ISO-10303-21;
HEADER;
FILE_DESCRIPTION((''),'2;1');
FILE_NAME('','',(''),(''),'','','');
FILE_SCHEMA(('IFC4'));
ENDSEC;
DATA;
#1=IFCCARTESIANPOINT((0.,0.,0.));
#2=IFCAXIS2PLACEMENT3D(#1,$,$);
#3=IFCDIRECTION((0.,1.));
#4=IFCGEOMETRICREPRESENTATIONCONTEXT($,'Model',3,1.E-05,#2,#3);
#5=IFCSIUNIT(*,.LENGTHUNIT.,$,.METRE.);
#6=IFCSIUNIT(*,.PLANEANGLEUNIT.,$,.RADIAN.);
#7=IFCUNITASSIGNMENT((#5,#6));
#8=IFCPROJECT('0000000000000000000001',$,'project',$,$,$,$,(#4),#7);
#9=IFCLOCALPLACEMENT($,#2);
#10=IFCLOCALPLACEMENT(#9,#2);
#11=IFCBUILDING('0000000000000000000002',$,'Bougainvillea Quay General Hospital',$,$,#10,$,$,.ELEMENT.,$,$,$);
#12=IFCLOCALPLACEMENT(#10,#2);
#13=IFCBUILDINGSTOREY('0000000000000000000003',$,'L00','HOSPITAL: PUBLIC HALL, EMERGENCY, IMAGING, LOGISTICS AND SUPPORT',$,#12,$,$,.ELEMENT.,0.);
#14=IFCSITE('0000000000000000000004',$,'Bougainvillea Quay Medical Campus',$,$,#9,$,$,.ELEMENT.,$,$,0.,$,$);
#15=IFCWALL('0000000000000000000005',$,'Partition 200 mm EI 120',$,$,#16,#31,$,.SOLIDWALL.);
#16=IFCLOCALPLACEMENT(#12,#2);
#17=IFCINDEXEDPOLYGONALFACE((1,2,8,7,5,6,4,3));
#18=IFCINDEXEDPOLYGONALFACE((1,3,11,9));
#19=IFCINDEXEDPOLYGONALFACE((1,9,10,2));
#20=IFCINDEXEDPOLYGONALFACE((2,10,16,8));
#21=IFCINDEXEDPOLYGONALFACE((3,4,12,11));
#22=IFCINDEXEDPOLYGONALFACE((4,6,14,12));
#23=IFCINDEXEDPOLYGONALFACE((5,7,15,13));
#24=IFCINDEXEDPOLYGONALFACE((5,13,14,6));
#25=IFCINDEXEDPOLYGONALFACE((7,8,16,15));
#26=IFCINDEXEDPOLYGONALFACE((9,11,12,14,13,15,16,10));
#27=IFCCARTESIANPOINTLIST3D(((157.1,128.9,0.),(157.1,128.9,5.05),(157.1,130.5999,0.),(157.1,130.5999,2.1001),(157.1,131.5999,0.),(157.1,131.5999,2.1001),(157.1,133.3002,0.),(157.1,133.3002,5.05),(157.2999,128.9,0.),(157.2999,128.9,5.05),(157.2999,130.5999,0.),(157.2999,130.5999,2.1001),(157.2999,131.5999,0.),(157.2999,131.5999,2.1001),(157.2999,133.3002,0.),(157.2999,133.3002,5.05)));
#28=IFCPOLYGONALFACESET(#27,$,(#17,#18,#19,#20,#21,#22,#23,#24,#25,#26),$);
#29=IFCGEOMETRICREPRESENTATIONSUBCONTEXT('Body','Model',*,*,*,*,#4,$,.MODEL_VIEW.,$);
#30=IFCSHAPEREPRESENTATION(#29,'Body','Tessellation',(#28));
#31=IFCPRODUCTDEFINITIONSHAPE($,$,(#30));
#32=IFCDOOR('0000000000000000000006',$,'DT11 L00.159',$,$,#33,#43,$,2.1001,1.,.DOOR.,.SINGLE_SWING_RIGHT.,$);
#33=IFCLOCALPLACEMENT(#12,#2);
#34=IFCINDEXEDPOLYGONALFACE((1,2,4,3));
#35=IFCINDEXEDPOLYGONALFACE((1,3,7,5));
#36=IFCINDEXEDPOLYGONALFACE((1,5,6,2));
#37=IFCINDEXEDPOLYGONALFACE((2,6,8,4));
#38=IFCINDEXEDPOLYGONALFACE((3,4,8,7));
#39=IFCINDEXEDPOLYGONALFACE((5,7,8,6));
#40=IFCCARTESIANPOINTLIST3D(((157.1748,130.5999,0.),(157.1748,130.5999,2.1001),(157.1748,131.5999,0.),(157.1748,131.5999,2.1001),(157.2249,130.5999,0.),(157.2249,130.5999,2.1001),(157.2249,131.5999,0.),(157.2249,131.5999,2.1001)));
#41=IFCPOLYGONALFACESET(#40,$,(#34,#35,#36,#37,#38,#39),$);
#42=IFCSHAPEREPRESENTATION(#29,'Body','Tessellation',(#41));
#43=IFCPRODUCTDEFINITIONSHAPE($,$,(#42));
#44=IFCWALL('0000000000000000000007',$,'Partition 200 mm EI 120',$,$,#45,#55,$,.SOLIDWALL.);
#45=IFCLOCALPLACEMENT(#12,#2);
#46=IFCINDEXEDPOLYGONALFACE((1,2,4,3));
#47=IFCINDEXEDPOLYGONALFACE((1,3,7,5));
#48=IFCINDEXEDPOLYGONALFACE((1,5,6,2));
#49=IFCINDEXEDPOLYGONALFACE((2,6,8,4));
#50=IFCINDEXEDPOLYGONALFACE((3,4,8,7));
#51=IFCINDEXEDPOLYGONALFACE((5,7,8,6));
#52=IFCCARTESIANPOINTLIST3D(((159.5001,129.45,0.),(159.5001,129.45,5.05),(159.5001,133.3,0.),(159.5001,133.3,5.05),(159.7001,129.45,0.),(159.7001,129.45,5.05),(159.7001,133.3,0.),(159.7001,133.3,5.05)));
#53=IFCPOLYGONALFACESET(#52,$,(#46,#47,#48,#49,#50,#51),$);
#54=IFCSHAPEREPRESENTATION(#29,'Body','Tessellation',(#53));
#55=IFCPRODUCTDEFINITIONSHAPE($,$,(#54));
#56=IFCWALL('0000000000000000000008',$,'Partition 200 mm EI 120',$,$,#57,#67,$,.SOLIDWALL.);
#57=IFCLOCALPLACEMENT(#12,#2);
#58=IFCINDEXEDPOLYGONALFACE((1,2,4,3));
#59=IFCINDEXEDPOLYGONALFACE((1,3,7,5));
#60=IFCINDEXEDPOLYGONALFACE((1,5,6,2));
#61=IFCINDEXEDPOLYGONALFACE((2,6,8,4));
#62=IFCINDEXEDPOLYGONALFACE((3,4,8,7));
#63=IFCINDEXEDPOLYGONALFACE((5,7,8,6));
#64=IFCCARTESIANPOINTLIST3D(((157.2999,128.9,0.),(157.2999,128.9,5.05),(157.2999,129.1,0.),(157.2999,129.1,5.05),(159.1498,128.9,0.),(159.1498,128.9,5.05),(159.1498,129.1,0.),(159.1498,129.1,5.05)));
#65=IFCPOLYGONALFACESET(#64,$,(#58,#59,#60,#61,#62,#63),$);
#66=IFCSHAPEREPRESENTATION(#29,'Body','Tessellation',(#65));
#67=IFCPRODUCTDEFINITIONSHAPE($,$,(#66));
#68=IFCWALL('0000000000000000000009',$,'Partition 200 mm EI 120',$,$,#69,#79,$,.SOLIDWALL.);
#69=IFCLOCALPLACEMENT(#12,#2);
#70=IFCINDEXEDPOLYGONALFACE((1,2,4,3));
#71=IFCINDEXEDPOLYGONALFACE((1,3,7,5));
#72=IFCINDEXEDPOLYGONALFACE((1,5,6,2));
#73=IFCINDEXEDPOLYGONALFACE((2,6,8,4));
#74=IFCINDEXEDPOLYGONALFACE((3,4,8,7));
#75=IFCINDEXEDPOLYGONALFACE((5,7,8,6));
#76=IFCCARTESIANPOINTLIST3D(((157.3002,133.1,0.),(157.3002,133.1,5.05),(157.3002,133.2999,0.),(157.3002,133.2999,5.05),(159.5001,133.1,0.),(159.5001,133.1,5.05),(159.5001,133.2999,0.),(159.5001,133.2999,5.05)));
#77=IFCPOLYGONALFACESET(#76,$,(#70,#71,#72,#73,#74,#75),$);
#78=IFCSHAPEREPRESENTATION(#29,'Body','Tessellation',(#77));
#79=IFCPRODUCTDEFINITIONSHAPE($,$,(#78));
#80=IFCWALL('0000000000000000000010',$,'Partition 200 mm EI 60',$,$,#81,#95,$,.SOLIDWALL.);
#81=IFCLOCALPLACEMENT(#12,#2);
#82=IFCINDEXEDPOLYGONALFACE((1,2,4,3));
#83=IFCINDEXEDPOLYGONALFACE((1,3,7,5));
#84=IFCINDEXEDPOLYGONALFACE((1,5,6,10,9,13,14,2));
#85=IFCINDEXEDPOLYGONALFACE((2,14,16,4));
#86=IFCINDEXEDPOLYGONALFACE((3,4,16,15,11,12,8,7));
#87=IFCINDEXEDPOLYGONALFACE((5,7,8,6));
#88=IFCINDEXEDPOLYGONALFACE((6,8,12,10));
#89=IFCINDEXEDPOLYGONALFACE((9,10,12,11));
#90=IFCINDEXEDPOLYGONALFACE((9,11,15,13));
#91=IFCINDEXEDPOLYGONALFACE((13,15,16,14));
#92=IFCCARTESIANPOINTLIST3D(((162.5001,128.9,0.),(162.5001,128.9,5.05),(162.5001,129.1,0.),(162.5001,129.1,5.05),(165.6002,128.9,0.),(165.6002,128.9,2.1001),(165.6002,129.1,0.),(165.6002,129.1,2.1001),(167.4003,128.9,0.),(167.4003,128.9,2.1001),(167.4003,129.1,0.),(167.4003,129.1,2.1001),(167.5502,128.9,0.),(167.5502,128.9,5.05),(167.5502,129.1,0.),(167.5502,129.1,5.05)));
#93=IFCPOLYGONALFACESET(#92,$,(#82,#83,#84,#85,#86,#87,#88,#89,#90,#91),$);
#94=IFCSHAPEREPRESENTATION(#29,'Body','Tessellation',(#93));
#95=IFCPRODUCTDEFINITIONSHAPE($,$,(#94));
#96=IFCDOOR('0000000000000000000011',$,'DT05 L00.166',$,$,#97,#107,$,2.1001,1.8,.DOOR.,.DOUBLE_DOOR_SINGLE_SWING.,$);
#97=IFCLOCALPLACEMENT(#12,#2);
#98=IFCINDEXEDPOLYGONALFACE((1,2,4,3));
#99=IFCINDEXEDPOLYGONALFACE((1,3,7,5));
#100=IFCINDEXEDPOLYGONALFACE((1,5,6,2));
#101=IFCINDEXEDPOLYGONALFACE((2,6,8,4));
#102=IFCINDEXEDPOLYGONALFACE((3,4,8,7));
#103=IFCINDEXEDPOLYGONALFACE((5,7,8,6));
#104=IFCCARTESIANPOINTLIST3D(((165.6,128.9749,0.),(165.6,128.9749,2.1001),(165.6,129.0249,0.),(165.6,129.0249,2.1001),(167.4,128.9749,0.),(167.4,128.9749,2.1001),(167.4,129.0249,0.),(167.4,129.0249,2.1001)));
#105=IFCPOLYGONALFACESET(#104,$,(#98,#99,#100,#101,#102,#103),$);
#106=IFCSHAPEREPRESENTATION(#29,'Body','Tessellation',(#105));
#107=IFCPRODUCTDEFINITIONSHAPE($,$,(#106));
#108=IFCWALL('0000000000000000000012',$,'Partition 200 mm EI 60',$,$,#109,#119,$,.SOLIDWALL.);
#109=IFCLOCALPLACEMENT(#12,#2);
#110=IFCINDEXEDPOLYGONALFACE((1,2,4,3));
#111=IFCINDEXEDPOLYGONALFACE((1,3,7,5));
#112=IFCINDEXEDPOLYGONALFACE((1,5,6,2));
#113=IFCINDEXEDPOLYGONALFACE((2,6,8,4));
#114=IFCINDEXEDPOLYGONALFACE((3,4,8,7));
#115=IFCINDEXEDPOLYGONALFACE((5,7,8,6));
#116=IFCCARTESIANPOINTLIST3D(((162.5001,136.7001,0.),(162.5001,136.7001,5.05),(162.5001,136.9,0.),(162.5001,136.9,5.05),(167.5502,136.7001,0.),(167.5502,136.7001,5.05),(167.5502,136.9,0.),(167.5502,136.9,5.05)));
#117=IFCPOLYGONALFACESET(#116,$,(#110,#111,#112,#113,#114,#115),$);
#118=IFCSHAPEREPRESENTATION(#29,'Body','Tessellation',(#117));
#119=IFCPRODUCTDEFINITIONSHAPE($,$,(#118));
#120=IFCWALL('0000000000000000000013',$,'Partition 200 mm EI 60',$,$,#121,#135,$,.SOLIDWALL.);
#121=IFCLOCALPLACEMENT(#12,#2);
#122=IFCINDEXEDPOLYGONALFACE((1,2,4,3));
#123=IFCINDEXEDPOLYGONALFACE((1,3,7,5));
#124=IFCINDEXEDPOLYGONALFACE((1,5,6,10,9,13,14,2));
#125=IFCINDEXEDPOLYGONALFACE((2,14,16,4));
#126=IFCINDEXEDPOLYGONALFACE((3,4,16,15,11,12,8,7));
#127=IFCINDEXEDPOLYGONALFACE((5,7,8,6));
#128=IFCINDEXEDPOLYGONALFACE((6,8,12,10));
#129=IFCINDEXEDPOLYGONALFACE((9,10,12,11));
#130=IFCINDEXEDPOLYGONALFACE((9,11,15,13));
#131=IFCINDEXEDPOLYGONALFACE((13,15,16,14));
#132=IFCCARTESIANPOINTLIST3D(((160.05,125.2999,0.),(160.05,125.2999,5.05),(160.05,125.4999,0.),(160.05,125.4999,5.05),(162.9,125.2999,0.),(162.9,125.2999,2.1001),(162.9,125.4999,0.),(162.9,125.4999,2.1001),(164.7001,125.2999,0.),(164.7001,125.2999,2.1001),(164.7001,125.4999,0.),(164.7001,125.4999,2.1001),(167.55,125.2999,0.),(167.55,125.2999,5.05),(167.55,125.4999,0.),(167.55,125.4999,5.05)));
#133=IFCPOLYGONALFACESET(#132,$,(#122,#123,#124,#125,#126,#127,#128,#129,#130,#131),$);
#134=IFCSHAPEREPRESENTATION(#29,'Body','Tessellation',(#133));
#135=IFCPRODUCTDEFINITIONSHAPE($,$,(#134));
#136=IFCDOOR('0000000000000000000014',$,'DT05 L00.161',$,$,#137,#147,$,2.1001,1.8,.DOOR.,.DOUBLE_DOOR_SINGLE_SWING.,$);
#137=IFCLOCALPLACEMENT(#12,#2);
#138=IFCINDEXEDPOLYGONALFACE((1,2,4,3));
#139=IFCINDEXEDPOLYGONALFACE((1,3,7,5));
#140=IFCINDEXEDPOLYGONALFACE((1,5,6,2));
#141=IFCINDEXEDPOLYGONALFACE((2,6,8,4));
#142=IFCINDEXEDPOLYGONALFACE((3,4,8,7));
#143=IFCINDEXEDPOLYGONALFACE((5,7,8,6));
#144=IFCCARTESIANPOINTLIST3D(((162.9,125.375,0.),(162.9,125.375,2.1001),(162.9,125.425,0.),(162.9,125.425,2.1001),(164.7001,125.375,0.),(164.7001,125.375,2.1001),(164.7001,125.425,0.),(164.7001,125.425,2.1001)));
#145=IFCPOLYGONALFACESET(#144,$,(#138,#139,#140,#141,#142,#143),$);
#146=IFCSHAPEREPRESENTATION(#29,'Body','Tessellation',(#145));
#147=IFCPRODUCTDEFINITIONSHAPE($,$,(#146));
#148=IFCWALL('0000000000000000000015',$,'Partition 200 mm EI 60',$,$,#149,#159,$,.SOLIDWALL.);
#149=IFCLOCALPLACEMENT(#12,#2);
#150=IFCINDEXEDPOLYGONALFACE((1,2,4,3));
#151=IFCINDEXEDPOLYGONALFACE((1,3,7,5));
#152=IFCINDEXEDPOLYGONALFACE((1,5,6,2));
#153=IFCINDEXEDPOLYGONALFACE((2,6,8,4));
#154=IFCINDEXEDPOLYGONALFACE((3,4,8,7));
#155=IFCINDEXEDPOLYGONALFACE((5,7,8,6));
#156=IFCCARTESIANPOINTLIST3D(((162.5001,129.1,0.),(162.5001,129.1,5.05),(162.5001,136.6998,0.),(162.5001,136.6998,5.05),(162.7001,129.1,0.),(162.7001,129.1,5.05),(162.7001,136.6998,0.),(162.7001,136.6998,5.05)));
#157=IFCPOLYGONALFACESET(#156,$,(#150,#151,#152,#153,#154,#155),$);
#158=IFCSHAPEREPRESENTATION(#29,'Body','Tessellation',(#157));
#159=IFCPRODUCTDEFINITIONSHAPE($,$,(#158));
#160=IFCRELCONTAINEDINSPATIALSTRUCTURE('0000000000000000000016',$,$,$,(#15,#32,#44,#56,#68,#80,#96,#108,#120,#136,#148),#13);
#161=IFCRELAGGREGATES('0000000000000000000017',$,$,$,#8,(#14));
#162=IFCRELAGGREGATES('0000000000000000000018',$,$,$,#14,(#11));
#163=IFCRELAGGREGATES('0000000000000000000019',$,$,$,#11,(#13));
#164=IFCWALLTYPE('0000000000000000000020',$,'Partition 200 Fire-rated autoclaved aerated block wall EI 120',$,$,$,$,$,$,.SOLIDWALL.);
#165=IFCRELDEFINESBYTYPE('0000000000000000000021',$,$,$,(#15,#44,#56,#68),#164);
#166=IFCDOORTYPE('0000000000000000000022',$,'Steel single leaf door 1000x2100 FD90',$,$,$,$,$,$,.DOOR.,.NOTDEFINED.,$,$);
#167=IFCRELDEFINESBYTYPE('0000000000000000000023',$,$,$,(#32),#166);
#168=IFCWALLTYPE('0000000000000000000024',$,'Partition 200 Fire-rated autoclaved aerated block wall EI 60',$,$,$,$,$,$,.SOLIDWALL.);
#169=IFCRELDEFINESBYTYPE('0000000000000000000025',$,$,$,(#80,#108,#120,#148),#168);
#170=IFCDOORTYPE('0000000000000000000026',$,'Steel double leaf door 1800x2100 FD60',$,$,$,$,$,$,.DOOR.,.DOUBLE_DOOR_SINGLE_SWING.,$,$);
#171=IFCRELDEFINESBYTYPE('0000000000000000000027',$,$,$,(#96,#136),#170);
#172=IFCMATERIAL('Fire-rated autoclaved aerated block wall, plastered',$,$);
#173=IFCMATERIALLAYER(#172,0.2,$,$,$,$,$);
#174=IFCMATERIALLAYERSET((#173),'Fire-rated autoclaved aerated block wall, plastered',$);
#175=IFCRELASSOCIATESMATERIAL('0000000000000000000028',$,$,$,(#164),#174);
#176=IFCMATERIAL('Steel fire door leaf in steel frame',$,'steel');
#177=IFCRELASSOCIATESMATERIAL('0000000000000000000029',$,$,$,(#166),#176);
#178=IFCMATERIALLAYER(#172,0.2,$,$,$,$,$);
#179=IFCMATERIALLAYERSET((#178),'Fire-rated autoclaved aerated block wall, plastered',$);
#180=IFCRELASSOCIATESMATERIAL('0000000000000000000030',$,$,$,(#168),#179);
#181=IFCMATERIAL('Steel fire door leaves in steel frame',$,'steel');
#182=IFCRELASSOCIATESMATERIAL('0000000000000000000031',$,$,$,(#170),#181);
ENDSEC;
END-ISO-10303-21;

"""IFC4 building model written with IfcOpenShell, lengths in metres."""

from ifc_helpers import new_model, si_unit, direction, frame, frame_2d, origin, place, context, subcontext, project, spatial, rectangle, extrude, material, layer, layer_set, type_object, element, fill, save


model = new_model("IFC4")

# Units and contexts
model_context = context("Model", 3, precision=1e-05, world=origin(), true_north=direction((0.0, 1.0)))
body_context = subcontext(model_context, "Body", "Model", "MODEL_VIEW")
ifc_project = project(units=[si_unit("LENGTHUNIT", "METRE"), si_unit("PLANEANGLEUNIT", "RADIAN")], contexts=[model_context])

# Site, building, storey
site_placement = place(None, origin())
site = spatial("IfcSite", under=ifc_project, at=site_placement, Name="Bougainvillea Quay Medical Campus", CompositionType="ELEMENT", RefElevation=0.0)
building_placement = place(site_placement, origin())
building = spatial("IfcBuilding", under=site, at=building_placement, Name="Bougainvillea Quay General Hospital", CompositionType="ELEMENT")
storey_placement = place(building_placement, origin())
storey = spatial("IfcBuildingStorey", under=building, at=storey_placement, Name="L00", Description="HOSPITAL: PUBLIC HALL, EMERGENCY, IMAGING, LOGISTICS AND SUPPORT", CompositionType="ELEMENT", Elevation=0.0)

# Wall, opening, door
ifc_material_1 = material(Name="Fire-rated autoclaved aerated block wall, plastered")
ifc_layer_1 = layer(ifc_material_1, 0.2)
ifc_layer_set_1 = layer_set([ifc_layer_1], Name="Fire-rated autoclaved aerated block wall, plastered")
wall_type_1 = type_object("IfcWallType", Name="Partition 200 Fire-rated autoclaved aerated block wall EI 120", PredefinedType="SOLIDWALL", material=ifc_layer_set_1)
wall_1_placement = place(storey_placement, frame((157.2, 128.8999, 0.0), z_axis=(0.0, 0.0, 1.0), x_axis=(0.0, 1.0, 0.0)))
wall_1 = element("IfcWall", 1, at=wall_1_placement, inside=storey, type_object=wall_type_1, Name="Partition 200 mm EI 120", PredefinedType="SOLIDWALL", context=body_context, shape_type="SweptSolid", body=[
    extrude(rectangle(XDim=4.4001, YDim=0.2, at=frame_2d((2.2002, 0.0))), origin(), (0.0, 0.0, 1.0), 5.05),
])
opening_1_placement = place(wall_1_placement, frame((1.7, 0.0, 0.0)))
opening_1 = element("IfcOpeningElement", 2, at=opening_1_placement, cuts=wall_1, PredefinedType="OPENING", context=body_context, shape_type="SweptSolid", body=[
    extrude(rectangle(XDim=1.0, YDim=2.1001, at=frame_2d((0.5, 1.05))), frame((0.0, 0.1099, 0.0), z_axis=(0.0, -1.0, 0.0), x_axis=(1.0, 0.0, 0.0)), (0.0, 0.0, 1.0), 0.22),
])
ifc_material_2 = material(Name="Steel fire door leaf in steel frame", Category="steel")
door_type_1 = type_object("IfcDoorType", Name="Steel single leaf door 1000x2100 FD90", OperationType="NOTDEFINED", PredefinedType="DOOR", material=ifc_material_2)
door_1_placement = place(opening_1_placement, frame((1.0, 0.0, 0.0), z_axis=(0.0, 0.0, 1.0), x_axis=(-1.0, 0.0, 0.0)))
door_1 = element("IfcDoor", 3, at=door_1_placement, inside=storey, type_object=door_type_1, Name="DT11 L00.159", OperationType="SINGLE_SWING_RIGHT", OverallHeight=2.1001, OverallWidth=1.0, PredefinedType="DOOR", context=body_context, shape_type="SweptSolid", body=[
    extrude(rectangle(XDim=1.0, YDim=2.1001, at=frame_2d((0.5, 1.05))), frame((0.0, 0.0249, 0.0), z_axis=(0.0, -1.0, 0.0), x_axis=(1.0, 0.0, 0.0)), (0.0, 0.0, 1.0), 0.05),
])
fill(opening_1, door_1)

# Walls
wall_2_placement = place(storey_placement, frame((159.6001, 129.45, 0.0), z_axis=(0.0, 0.0, 1.0), x_axis=(0.0, 1.0, 0.0)))
element("IfcWall", 4, at=wall_2_placement, inside=storey, type_object=wall_type_1, Name="Partition 200 mm EI 120", PredefinedType="SOLIDWALL", context=body_context, shape_type="SweptSolid", body=[
    extrude(rectangle(XDim=3.8501, YDim=0.2, at=frame_2d((1.925, 0.0))), origin(), (0.0, 0.0, 1.0), 5.05),
])
wall_3_placement = place(storey_placement, frame((157.3, 129.0, 0.0), z_axis=(0.0, 0.0, 1.0), x_axis=(1.0, 0.0, 0.0)))
element("IfcWall", 5, at=wall_3_placement, inside=storey, type_object=wall_type_1, Name="Partition 200 mm EI 120", PredefinedType="SOLIDWALL", context=body_context, shape_type="SweptSolid", body=[
    extrude(rectangle(XDim=1.8499, YDim=0.2, at=frame_2d((0.9248, 0.0))), origin(), (0.0, 0.0, 1.0), 5.05),
])
wall_4_placement = place(storey_placement, frame((157.3, 133.2, 0.0), z_axis=(0.0, 0.0, 1.0), x_axis=(1.0, 0.0, 0.0)))
element("IfcWall", 6, at=wall_4_placement, inside=storey, type_object=wall_type_1, Name="Partition 200 mm EI 120", PredefinedType="SOLIDWALL", context=body_context, shape_type="SweptSolid", body=[
    extrude(rectangle(XDim=2.2, YDim=0.2, at=frame_2d((1.1001, 0.0))), origin(), (0.0, 0.0, 1.0), 5.05),
])

# Wall, opening, door
ifc_layer_2 = layer(ifc_material_1, 0.2)
ifc_layer_set_2 = layer_set([ifc_layer_2], Name="Fire-rated autoclaved aerated block wall, plastered")
wall_type_2 = type_object("IfcWallType", Name="Partition 200 Fire-rated autoclaved aerated block wall EI 60", PredefinedType="SOLIDWALL", material=ifc_layer_set_2)
wall_5_placement = place(storey_placement, frame((167.55, 129.0, 0.0), z_axis=(0.0, 0.0, 1.0), x_axis=(-1.0, 0.0, 0.0)))
wall_5 = element("IfcWall", 7, at=wall_5_placement, inside=storey, type_object=wall_type_2, Name="Partition 200 mm EI 60", PredefinedType="SOLIDWALL", context=body_context, shape_type="SweptSolid", body=[
    extrude(rectangle(XDim=5.05, YDim=0.2, at=frame_2d((2.5249, 0.0))), origin(), (0.0, 0.0, 1.0), 5.05),
])
opening_2_placement = place(wall_5_placement, frame((0.1499, 0.0, 0.0)))
opening_2 = element("IfcOpeningElement", 8, at=opening_2_placement, cuts=wall_5, PredefinedType="OPENING", context=body_context, shape_type="SweptSolid", body=[
    extrude(rectangle(XDim=1.8, YDim=2.1001, at=frame_2d((0.8999, 1.05))), frame((0.0, 0.1099, 0.0), z_axis=(0.0, -1.0, 0.0), x_axis=(1.0, 0.0, 0.0)), (0.0, 0.0, 1.0), 0.22),
])
ifc_material_3 = material(Name="Steel fire door leaves in steel frame", Category="steel")
door_type_2 = type_object("IfcDoorType", Name="Steel double leaf door 1800x2100 FD60", OperationType="DOUBLE_DOOR_SINGLE_SWING", PredefinedType="DOOR", material=ifc_material_3)
door_2_placement = place(opening_2_placement, frame((1.8, 0.0, 0.0), z_axis=(0.0, 0.0, 1.0), x_axis=(-1.0, 0.0, 0.0)))
door_2 = element("IfcDoor", 9, at=door_2_placement, inside=storey, type_object=door_type_2, Name="DT05 L00.166", OperationType="DOUBLE_DOOR_SINGLE_SWING", OverallHeight=2.1001, OverallWidth=1.8, PredefinedType="DOOR", context=body_context, shape_type="SweptSolid", body=[
    extrude(rectangle(XDim=1.8, YDim=2.1001, at=frame_2d((0.8999, 1.05))), frame((0.0, 0.0249, 0.0), z_axis=(0.0, -1.0, 0.0), x_axis=(1.0, 0.0, 0.0)), (0.0, 0.0, 1.0), 0.05),
])
fill(opening_2, door_2)

# Wall
wall_6_placement = place(storey_placement, frame((167.55, 136.8, 0.0), z_axis=(0.0, 0.0, 1.0), x_axis=(-1.0, 0.0, 0.0)))
element("IfcWall", 10, at=wall_6_placement, inside=storey, type_object=wall_type_2, Name="Partition 200 mm EI 60", PredefinedType="SOLIDWALL", context=body_context, shape_type="SweptSolid", body=[
    extrude(rectangle(XDim=5.05, YDim=0.2, at=frame_2d((2.5249, 0.0))), origin(), (0.0, 0.0, 1.0), 5.05),
])

# Wall, opening, door
wall_7_placement = place(storey_placement, frame((167.55, 125.3999, 0.0), z_axis=(0.0, 0.0, 1.0), x_axis=(-1.0, 0.0, 0.0)))
wall_7 = element("IfcWall", 11, at=wall_7_placement, inside=storey, type_object=wall_type_2, Name="Partition 200 mm EI 60", PredefinedType="SOLIDWALL", context=body_context, shape_type="SweptSolid", body=[
    extrude(rectangle(XDim=7.5, YDim=0.2, at=frame_2d((3.75, 0.0))), origin(), (0.0, 0.0, 1.0), 5.05),
])
opening_3_placement = place(wall_7_placement, frame((2.8501, 0.0, 0.0)))
opening_3 = element("IfcOpeningElement", 12, at=opening_3_placement, cuts=wall_7, PredefinedType="OPENING", context=body_context, shape_type="SweptSolid", body=[
    extrude(rectangle(XDim=1.8, YDim=2.1001, at=frame_2d((0.8999, 1.05))), frame((0.0, 0.1099, 0.0), z_axis=(0.0, -1.0, 0.0), x_axis=(1.0, 0.0, 0.0)), (0.0, 0.0, 1.0), 0.22),
])
door_3_placement = place(opening_3_placement, origin())
door_3 = element("IfcDoor", 13, at=door_3_placement, inside=storey, type_object=door_type_2, Name="DT05 L00.161", OperationType="DOUBLE_DOOR_SINGLE_SWING", OverallHeight=2.1001, OverallWidth=1.8, PredefinedType="DOOR", context=body_context, shape_type="SweptSolid", body=[
    extrude(rectangle(XDim=1.8, YDim=2.1001, at=frame_2d((0.8999, 1.05))), frame((0.0, 0.0249, 0.0), z_axis=(0.0, -1.0, 0.0), x_axis=(1.0, 0.0, 0.0)), (0.0, 0.0, 1.0), 0.05),
])
fill(opening_3, door_3)

# Wall
wall_8_placement = place(storey_placement, frame((162.6001, 129.1001, 0.0), z_axis=(0.0, 0.0, 1.0), x_axis=(0.0, 1.0, 0.0)))
element("IfcWall", 14, at=wall_8_placement, inside=storey, type_object=wall_type_2, Name="Partition 200 mm EI 60", PredefinedType="SOLIDWALL", context=body_context, shape_type="SweptSolid", body=[
    extrude(rectangle(XDim=7.5999, YDim=0.2, at=frame_2d((3.7998, 0.0))), origin(), (0.0, 0.0, 1.0), 5.05),
])

save(model, "model.ifc")
